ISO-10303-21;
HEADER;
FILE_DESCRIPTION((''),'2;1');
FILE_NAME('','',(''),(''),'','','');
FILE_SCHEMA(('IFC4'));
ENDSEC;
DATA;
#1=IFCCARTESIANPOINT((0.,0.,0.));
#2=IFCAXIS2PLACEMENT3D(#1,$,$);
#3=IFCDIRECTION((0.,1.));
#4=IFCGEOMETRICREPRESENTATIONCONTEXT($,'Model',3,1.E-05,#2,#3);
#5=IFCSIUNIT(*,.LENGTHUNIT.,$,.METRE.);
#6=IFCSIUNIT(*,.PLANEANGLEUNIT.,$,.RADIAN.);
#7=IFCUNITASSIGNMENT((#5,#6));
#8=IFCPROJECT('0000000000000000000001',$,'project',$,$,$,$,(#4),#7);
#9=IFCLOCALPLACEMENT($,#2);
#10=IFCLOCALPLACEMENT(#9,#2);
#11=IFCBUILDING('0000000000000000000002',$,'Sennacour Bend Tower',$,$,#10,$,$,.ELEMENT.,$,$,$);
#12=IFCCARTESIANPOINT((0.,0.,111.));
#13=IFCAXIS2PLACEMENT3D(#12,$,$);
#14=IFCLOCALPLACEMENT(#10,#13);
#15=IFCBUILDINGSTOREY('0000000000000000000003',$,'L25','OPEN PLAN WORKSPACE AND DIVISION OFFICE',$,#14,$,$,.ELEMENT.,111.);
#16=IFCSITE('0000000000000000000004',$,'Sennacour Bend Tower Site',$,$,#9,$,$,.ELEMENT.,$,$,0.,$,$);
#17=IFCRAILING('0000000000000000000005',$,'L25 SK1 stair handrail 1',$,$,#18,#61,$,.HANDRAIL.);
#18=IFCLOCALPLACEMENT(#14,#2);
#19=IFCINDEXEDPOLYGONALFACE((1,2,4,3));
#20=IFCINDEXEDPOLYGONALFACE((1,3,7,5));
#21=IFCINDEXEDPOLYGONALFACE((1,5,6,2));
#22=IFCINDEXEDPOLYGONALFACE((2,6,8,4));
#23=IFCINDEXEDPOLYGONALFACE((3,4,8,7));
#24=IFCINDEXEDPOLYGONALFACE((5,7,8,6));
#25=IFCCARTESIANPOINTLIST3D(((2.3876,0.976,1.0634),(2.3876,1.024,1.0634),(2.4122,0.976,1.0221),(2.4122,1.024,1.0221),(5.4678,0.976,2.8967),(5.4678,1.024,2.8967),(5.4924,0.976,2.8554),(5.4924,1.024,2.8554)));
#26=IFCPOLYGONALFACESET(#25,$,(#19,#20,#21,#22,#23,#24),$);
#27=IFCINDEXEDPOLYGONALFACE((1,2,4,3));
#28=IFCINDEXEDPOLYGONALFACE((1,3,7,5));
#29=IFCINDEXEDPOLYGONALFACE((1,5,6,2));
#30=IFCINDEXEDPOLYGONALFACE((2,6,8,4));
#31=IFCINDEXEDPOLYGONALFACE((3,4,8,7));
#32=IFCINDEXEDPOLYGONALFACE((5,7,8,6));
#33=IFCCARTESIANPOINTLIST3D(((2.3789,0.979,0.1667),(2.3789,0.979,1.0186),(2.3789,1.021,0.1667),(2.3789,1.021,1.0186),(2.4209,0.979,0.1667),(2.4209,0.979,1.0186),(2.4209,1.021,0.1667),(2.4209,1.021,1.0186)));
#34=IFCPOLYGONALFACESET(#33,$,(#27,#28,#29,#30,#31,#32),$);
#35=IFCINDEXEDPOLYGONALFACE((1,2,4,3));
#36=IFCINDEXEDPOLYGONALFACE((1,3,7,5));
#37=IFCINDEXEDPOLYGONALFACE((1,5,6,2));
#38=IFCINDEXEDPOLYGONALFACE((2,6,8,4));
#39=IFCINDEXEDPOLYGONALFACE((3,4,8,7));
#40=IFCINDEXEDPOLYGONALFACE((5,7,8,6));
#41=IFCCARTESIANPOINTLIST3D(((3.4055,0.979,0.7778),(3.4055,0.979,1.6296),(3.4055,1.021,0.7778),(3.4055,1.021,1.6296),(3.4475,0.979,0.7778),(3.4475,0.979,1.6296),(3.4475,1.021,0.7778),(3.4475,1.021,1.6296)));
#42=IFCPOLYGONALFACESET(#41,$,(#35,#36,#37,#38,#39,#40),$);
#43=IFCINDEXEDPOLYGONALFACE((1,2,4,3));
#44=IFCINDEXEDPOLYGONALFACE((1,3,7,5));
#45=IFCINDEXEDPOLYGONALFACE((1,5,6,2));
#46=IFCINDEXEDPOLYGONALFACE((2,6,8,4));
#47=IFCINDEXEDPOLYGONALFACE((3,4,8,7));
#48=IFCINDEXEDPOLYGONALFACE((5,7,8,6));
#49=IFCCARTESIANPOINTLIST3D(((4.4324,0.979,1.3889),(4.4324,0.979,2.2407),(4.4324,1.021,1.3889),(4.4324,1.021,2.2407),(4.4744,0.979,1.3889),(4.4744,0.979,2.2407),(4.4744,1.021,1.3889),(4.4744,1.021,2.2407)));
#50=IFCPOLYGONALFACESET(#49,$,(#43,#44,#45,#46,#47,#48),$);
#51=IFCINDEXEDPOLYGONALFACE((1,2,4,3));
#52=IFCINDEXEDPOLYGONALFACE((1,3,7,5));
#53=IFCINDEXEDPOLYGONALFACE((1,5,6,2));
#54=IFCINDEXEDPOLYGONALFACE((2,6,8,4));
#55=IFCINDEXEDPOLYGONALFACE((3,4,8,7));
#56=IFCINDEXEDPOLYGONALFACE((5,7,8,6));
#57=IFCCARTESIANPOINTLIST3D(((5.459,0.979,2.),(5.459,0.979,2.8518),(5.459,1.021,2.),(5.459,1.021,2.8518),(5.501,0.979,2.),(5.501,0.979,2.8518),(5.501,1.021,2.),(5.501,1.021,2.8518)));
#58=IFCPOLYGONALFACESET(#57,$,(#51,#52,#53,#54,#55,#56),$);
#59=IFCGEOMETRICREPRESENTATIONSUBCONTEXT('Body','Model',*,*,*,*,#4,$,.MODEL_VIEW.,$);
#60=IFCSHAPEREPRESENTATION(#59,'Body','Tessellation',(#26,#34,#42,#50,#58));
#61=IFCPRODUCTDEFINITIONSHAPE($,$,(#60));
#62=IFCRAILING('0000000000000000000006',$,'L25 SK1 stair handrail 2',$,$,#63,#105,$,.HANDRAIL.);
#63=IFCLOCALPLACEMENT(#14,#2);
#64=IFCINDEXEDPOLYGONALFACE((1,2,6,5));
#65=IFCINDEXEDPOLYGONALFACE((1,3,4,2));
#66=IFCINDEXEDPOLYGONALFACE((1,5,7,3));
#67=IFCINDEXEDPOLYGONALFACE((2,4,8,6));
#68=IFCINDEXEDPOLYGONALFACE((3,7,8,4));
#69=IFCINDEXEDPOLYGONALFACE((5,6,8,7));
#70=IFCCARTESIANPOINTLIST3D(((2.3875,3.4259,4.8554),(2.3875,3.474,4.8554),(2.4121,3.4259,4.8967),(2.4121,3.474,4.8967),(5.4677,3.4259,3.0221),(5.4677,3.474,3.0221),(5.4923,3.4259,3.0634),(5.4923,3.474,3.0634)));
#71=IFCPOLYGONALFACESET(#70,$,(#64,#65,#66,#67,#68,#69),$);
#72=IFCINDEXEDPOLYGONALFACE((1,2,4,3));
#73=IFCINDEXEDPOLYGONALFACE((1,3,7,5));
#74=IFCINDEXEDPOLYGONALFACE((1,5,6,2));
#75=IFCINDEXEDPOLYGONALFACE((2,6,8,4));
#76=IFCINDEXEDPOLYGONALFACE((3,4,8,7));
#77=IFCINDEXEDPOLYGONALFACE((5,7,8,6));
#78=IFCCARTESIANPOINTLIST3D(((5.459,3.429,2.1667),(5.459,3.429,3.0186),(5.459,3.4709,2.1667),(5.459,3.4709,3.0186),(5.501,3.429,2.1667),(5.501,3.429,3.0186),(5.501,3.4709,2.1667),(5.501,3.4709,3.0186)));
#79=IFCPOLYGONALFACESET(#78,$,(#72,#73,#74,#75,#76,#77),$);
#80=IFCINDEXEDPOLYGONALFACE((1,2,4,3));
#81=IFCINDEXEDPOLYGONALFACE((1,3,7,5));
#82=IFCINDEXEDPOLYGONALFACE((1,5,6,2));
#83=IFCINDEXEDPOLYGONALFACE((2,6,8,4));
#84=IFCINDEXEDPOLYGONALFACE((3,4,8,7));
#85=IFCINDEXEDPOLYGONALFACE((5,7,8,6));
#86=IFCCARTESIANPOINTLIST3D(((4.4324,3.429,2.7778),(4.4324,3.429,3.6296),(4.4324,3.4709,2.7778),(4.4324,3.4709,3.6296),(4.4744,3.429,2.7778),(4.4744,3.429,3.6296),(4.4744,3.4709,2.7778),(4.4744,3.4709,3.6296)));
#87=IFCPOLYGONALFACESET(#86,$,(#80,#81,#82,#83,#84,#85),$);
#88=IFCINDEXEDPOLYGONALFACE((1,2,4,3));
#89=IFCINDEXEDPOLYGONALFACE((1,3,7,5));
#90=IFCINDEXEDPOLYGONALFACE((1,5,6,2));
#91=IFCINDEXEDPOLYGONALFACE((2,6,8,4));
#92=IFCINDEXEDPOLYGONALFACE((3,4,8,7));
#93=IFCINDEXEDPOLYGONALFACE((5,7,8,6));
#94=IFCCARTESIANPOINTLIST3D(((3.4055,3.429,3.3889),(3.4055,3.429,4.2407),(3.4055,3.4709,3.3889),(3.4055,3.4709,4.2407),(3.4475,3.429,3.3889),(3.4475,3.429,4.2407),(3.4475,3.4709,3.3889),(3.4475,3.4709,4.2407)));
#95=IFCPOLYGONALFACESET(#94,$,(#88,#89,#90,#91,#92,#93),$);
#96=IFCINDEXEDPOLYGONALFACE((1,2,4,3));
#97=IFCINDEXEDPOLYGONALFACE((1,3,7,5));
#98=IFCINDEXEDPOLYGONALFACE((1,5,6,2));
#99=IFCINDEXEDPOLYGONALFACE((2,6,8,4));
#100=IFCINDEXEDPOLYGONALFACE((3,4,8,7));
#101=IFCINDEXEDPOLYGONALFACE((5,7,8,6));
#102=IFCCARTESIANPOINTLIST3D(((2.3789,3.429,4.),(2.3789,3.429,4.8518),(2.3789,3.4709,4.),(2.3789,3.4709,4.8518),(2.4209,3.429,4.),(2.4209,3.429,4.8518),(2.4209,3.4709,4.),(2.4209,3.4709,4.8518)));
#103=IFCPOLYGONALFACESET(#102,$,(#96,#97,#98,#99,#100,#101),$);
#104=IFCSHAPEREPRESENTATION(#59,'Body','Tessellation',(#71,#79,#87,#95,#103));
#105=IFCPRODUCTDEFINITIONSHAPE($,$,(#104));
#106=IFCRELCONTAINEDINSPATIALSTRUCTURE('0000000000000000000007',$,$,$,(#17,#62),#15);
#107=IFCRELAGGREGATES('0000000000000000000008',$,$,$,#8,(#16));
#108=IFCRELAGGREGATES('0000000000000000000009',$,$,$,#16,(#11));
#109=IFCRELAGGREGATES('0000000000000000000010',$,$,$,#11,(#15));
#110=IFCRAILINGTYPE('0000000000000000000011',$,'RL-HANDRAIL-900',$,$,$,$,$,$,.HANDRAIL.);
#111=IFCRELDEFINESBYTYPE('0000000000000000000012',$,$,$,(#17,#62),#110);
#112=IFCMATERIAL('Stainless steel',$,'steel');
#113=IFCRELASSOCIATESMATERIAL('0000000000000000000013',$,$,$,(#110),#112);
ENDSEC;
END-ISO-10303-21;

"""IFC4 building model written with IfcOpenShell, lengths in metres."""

from ifc_helpers import new_model, si_unit, direction, frame, origin, origin_2d, place, context, subcontext, project, spatial, rectangle, extrude, material, type_object, element, save


model = new_model("IFC4")

# Units and contexts
model_context = context("Model", 3, precision=1e-05, world=origin(), true_north=direction((0.0, 1.0)))
body_context = subcontext(model_context, "Body", "Model", "MODEL_VIEW")
ifc_project = project(units=[si_unit("LENGTHUNIT", "METRE"), si_unit("PLANEANGLEUNIT", "RADIAN")], contexts=[model_context])

# Site, building, storey
site_placement = place(None, origin())
site = spatial("IfcSite", under=ifc_project, at=site_placement, Name="Sennacour Bend Tower Site", CompositionType="ELEMENT", RefElevation=0.0)
building_placement = place(site_placement, origin())
building = spatial("IfcBuilding", under=site, at=building_placement, Name="Sennacour Bend Tower", CompositionType="ELEMENT")
storey_placement = place(building_placement, frame((0.0, 0.0, 111.0)))
storey = spatial("IfcBuildingStorey", under=building, at=storey_placement, Name="L25", Description="OPEN PLAN WORKSPACE AND DIVISION OFFICE", CompositionType="ELEMENT", Elevation=111.0)

# Railings
ifc_material_1 = material(Name="Stainless steel", Category="steel")
railing_type_1 = type_object("IfcRailingType", Name="RL-HANDRAIL-900", PredefinedType="HANDRAIL", material=ifc_material_1)
railing_1_placement = place(storey_placement, frame((2.3999, 1.0, 0.1667)))
element("IfcRailing", 1, at=railing_1_placement, inside=storey, type_object=railing_type_1, Name="L25 SK1 stair handrail 1", PredefinedType="HANDRAIL", context=body_context, shape_type="SweptSolid", body=[
    extrude(rectangle(XDim=0.0481, YDim=0.0481, at=origin_2d()), frame((0.0, 0.0, 0.876), z_axis=(0.859309, 0.0, 0.511458), x_axis=(0.0, 1.0, 0.0)), (0.0, 0.0, 1.0), 3.5845),
    extrude(rectangle(XDim=0.042, YDim=0.042, at=origin_2d()), origin(), (0.0, 0.0, 1.0), 0.8518),
    extrude(rectangle(XDim=0.042, YDim=0.042, at=origin_2d()), frame((1.0266, 0.0, 0.6111)), (0.0, 0.0, 1.0), 0.8518),
    extrude(rectangle(XDim=0.042, YDim=0.042, at=origin_2d()), frame((2.0535, 0.0, 1.2222)), (0.0, 0.0, 1.0), 0.8518),
    extrude(rectangle(XDim=0.042, YDim=0.042, at=origin_2d()), frame((3.0801, 0.0, 1.8333)), (0.0, 0.0, 1.0), 0.8518),
])
railing_2_placement = place(storey_placement, frame((5.48, 3.45, 2.1667)))
element("IfcRailing", 2, at=railing_2_placement, inside=storey, type_object=railing_type_1, Name="L25 SK1 stair handrail 2", PredefinedType="HANDRAIL", context=body_context, shape_type="SweptSolid", body=[
    extrude(rectangle(XDim=0.0481, YDim=0.0481, at=origin_2d()), frame((0.0, 0.0, 0.876), z_axis=(-0.859309, 0.0, 0.511458), x_axis=(0.0, -1.0, 0.0)), (0.0, 0.0, 1.0), 3.5845),
    extrude(rectangle(XDim=0.042, YDim=0.042, at=origin_2d()), origin(), (0.0, 0.0, 1.0), 0.8518),
    extrude(rectangle(XDim=0.042, YDim=0.042, at=origin_2d()), frame((-1.0266, 0.0, 0.6111)), (0.0, 0.0, 1.0), 0.8518),
    extrude(rectangle(XDim=0.042, YDim=0.042, at=origin_2d()), frame((-2.0535, 0.0, 1.2222)), (0.0, 0.0, 1.0), 0.8518),
    extrude(rectangle(XDim=0.042, YDim=0.042, at=origin_2d()), frame((-3.0801, 0.0, 1.8333)), (0.0, 0.0, 1.0), 0.8518),
])

save(model, "model.ifc")
